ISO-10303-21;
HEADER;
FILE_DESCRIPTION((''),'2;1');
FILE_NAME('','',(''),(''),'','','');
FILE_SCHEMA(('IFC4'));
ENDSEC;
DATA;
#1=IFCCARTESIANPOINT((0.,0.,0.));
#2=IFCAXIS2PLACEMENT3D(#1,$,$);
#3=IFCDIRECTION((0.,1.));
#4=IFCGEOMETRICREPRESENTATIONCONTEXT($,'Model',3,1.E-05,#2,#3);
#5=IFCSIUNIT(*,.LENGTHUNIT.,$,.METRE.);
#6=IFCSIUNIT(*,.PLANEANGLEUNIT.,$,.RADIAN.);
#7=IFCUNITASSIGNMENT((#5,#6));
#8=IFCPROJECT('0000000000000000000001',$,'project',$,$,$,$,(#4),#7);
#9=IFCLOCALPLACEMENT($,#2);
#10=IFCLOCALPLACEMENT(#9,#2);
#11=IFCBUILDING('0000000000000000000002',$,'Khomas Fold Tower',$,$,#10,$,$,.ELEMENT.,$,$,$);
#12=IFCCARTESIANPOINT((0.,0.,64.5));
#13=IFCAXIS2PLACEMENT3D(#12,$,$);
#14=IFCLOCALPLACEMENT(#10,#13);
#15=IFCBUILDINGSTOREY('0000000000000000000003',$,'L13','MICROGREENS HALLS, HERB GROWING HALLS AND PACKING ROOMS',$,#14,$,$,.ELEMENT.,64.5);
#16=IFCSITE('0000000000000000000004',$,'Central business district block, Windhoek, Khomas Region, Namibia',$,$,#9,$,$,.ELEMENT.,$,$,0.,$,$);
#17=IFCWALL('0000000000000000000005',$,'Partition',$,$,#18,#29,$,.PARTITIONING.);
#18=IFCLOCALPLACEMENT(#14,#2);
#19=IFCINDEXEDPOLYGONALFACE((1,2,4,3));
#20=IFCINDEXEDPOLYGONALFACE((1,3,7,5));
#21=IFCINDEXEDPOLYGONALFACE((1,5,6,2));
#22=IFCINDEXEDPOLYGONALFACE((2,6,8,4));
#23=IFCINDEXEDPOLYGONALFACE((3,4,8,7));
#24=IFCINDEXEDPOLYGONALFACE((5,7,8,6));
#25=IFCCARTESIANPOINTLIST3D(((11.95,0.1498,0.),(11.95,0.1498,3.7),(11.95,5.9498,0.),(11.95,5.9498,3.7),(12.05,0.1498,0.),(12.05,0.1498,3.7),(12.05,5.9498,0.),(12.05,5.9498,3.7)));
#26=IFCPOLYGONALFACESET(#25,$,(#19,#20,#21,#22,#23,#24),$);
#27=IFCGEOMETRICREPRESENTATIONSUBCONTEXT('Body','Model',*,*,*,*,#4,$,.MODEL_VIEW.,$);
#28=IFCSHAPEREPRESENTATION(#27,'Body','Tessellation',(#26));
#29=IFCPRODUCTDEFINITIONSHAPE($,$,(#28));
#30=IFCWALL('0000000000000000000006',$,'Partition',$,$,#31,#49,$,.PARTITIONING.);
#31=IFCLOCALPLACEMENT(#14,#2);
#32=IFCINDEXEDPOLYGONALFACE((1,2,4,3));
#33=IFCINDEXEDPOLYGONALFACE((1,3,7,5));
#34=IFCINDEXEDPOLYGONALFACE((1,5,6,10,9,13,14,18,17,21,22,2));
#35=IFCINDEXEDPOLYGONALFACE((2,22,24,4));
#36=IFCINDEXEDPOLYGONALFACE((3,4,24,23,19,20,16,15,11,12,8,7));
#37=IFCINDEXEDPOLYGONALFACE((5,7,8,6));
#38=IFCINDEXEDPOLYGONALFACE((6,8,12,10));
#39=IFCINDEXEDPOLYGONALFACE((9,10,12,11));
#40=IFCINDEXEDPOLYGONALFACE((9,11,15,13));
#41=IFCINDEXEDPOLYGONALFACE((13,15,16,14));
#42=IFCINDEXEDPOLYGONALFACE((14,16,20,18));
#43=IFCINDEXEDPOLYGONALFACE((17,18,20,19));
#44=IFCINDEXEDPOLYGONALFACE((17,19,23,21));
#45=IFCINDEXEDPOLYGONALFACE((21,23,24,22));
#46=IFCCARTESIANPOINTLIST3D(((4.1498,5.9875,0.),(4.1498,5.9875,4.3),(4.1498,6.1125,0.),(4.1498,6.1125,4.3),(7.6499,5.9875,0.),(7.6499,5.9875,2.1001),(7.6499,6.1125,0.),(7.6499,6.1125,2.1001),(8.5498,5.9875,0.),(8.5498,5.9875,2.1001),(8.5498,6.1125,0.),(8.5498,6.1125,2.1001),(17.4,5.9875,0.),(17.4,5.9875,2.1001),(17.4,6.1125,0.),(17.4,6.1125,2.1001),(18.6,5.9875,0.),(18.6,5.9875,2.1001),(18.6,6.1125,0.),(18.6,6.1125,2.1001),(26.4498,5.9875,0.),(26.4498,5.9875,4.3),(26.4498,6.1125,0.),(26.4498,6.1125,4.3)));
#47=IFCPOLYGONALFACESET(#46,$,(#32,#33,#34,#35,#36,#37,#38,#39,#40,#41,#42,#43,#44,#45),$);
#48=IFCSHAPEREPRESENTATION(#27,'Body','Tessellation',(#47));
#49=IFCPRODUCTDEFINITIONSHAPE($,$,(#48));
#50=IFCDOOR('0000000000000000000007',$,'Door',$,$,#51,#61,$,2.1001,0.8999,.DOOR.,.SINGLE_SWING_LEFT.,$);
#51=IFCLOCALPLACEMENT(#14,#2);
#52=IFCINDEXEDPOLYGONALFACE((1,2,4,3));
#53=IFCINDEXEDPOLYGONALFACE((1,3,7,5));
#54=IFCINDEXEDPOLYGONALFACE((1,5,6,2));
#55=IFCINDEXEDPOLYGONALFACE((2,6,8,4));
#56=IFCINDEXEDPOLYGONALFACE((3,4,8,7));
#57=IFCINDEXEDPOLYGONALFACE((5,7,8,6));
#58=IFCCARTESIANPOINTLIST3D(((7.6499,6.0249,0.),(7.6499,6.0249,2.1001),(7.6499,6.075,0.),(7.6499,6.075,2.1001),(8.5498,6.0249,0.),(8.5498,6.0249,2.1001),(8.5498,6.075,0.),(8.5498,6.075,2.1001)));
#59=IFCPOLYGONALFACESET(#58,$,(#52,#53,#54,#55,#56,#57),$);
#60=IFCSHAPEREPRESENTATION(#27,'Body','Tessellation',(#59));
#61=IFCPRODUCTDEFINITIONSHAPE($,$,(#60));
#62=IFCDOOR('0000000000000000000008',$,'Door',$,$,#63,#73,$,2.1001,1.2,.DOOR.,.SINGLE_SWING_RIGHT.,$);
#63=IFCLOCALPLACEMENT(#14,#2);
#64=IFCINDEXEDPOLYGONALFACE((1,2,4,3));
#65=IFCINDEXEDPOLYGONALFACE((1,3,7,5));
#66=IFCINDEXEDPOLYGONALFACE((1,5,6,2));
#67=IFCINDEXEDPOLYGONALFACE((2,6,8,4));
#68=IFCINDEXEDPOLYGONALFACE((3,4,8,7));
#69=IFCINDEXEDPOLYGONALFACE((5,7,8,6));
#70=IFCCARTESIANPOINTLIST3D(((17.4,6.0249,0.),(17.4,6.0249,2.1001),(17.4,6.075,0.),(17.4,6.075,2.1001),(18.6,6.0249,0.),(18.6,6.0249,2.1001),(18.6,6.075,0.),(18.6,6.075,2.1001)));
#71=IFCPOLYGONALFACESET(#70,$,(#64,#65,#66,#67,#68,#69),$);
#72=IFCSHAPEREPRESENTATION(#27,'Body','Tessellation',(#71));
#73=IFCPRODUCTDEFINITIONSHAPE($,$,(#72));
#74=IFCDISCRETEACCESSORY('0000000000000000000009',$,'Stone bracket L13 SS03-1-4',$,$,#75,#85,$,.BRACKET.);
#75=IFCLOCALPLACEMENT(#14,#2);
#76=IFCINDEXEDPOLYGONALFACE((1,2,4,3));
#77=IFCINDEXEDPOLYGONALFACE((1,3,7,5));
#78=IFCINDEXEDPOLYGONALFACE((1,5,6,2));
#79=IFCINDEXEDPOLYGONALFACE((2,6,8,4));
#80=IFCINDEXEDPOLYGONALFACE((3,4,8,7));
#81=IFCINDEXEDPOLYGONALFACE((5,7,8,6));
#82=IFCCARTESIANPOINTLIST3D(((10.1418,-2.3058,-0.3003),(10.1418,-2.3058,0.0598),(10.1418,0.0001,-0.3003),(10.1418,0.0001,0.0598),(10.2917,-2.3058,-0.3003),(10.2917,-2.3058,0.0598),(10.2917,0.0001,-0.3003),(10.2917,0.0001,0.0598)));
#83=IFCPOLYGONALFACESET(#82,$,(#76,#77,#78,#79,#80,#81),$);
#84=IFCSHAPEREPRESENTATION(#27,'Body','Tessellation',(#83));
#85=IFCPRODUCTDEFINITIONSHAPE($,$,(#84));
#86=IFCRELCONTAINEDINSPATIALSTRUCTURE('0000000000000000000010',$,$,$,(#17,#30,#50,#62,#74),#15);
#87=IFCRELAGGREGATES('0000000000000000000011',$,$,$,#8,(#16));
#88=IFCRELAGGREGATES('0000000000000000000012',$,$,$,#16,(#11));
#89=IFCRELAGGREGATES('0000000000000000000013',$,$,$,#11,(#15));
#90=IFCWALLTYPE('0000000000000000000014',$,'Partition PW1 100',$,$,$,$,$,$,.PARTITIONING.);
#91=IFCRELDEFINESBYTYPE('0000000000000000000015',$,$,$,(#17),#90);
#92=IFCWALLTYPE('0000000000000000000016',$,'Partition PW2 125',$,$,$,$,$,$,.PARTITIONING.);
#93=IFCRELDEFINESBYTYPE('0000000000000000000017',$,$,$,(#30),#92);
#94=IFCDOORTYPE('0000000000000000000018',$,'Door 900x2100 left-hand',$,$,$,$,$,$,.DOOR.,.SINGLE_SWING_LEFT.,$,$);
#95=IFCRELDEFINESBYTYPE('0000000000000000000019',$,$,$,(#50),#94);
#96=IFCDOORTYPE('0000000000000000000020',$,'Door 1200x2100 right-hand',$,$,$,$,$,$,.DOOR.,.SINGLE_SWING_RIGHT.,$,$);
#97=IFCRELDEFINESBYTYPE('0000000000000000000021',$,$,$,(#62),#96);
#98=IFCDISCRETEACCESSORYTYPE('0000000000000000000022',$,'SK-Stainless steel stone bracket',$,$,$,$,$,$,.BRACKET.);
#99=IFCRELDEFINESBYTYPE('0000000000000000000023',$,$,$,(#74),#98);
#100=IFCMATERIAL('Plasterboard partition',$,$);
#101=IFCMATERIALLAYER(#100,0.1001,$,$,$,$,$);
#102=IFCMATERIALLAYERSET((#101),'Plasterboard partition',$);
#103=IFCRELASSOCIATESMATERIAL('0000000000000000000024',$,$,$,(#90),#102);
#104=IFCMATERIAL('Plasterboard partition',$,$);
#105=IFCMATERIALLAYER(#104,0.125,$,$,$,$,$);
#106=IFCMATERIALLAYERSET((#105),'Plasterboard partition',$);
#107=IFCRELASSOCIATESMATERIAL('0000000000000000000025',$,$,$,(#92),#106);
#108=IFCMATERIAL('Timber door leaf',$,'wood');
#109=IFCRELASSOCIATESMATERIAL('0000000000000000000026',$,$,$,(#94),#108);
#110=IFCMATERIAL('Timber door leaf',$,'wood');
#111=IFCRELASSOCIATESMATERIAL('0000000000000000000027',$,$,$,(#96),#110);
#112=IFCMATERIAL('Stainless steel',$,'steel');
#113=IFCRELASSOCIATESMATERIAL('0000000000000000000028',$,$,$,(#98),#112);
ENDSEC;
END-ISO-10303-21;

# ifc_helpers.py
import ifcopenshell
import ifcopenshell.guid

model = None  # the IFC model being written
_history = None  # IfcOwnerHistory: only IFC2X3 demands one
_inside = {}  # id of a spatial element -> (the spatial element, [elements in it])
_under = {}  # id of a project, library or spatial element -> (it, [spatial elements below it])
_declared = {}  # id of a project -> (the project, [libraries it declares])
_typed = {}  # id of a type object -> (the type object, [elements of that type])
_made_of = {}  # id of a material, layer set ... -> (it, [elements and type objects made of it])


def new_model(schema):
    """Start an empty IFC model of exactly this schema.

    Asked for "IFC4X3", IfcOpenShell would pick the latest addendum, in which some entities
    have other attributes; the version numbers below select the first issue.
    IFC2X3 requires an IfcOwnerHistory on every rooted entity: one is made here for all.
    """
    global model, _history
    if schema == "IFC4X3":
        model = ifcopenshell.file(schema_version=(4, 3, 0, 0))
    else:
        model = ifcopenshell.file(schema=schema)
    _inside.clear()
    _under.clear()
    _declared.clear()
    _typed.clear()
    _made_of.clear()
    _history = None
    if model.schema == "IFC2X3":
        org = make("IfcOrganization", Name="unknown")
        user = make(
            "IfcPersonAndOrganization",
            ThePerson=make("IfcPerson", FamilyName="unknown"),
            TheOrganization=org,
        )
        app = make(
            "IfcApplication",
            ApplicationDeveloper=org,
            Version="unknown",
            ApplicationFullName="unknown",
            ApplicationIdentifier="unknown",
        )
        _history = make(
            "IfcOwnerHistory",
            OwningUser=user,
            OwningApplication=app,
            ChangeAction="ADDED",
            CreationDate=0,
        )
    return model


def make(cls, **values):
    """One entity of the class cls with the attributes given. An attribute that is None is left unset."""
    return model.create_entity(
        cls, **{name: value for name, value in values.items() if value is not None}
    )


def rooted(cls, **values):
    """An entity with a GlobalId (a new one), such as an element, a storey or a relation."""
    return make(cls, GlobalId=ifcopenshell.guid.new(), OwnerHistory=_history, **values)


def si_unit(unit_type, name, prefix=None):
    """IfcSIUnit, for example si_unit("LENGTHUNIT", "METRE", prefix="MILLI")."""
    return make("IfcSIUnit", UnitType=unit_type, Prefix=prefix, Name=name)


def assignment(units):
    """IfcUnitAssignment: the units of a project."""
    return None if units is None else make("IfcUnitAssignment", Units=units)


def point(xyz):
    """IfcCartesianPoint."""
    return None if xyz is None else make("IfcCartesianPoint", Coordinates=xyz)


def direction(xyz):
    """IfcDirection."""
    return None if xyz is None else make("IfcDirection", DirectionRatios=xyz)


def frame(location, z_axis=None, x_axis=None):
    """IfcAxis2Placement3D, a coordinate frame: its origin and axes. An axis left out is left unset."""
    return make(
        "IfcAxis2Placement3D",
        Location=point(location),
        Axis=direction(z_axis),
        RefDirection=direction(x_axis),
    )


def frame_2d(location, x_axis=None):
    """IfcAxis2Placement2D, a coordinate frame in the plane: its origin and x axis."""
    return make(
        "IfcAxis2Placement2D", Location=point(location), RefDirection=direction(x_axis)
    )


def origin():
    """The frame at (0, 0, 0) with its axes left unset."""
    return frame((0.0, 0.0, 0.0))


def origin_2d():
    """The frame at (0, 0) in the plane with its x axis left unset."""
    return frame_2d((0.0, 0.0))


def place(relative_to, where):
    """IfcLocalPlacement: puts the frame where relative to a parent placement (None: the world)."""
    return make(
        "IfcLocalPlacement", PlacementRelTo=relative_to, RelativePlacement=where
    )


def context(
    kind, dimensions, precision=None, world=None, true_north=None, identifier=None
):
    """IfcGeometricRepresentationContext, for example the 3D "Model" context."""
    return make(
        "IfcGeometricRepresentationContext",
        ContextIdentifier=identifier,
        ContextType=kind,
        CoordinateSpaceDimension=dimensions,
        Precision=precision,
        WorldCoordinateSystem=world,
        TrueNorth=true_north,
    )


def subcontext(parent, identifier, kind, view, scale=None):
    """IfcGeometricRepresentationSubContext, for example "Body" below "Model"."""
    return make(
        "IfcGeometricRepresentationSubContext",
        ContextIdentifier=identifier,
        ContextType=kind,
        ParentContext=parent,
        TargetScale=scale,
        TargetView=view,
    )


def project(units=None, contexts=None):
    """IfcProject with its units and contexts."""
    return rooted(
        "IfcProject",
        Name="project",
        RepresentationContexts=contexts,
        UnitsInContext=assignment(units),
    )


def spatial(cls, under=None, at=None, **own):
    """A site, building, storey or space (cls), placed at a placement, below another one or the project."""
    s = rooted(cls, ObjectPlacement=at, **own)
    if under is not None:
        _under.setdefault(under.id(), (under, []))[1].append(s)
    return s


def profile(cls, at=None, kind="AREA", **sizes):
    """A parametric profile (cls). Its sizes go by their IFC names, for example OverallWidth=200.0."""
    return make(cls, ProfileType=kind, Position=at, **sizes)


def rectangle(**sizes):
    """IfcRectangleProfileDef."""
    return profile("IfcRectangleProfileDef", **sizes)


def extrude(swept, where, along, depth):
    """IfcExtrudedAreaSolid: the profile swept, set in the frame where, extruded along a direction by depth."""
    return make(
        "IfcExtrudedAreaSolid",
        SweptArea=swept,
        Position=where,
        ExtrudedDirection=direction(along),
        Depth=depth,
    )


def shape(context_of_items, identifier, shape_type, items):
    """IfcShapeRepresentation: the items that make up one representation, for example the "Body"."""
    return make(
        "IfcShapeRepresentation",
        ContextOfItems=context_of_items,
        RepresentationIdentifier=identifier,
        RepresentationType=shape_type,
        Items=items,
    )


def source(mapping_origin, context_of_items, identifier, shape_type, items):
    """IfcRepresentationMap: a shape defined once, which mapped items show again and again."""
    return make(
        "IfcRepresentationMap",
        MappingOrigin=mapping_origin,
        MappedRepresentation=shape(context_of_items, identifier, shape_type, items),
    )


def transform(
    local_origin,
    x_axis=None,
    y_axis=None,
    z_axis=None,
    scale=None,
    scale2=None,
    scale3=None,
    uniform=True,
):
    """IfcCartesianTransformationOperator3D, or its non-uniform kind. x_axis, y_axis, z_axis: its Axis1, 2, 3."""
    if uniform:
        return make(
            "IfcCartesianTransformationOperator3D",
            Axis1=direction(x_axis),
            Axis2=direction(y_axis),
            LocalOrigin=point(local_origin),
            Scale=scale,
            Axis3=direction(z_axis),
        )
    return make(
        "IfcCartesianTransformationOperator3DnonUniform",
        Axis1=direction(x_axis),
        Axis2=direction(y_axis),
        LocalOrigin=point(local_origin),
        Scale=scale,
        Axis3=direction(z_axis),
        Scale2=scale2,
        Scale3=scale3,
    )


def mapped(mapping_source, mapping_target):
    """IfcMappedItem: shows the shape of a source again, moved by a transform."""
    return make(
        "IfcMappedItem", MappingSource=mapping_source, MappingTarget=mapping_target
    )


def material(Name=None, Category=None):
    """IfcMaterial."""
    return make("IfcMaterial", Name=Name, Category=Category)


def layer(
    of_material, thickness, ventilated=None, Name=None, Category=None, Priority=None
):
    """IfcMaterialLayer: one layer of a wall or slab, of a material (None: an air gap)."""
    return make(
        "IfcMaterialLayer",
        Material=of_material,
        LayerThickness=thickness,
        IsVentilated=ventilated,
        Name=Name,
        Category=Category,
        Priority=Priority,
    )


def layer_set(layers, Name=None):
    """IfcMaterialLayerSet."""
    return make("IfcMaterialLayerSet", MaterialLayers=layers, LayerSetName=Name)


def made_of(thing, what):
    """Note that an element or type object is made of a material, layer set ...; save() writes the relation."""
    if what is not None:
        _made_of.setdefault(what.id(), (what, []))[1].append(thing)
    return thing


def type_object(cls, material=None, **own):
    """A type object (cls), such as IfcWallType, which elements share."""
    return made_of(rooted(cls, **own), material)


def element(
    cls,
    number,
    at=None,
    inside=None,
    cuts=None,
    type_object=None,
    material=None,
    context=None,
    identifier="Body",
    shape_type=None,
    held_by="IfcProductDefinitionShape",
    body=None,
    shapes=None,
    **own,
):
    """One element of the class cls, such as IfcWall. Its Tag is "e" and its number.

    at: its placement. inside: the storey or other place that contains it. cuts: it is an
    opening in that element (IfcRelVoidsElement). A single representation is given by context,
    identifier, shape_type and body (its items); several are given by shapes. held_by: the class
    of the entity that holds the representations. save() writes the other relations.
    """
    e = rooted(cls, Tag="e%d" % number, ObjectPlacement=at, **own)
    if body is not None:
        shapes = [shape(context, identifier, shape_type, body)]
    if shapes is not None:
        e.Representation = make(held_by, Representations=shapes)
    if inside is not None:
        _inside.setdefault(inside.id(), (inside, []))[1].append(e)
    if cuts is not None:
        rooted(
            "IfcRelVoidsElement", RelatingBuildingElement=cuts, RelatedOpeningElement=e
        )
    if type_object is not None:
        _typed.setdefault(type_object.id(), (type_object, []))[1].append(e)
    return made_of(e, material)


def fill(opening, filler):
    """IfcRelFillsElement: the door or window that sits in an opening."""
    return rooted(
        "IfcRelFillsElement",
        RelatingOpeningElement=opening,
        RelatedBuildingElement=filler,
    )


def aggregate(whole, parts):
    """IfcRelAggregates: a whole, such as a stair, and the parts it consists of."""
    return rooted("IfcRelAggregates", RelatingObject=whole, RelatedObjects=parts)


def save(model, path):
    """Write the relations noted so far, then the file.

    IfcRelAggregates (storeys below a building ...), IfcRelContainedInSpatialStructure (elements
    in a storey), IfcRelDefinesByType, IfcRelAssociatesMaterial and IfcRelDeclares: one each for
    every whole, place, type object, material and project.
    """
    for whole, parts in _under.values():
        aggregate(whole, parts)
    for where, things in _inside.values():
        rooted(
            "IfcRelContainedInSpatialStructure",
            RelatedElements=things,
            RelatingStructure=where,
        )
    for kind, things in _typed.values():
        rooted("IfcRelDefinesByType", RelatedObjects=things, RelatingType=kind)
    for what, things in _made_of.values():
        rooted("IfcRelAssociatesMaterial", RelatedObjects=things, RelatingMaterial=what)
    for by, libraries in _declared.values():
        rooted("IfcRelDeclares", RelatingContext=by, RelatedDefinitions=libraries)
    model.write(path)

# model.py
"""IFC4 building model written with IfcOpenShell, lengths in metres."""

from ifc_helpers import new_model, si_unit, direction, frame, frame_2d, origin, origin_2d, place, context, subcontext, project, spatial, rectangle, extrude, source, transform, mapped, material, layer, layer_set, type_object, element, fill, save


model = new_model("IFC4")

# Units and contexts
model_context = context("Model", 3, precision=1e-05, world=origin(), true_north=direction((0.0, 1.0)))
body_context = subcontext(model_context, "Body", "Model", "MODEL_VIEW")
ifc_project = project(units=[si_unit("LENGTHUNIT", "METRE"), si_unit("PLANEANGLEUNIT", "RADIAN")], contexts=[model_context])

# Site, building, storey
site_placement = place(None, origin())
site = spatial("IfcSite", under=ifc_project, at=site_placement, Name="Central business district block, Windhoek, Khomas Region, Namibia", CompositionType="ELEMENT", RefElevation=0.0)
building_placement = place(site_placement, origin())
building = spatial("IfcBuilding", under=site, at=building_placement, Name="Khomas Fold Tower", CompositionType="ELEMENT")
storey_placement = place(building_placement, frame((0.0, 0.0, 64.5)))
storey = spatial("IfcBuildingStorey", under=building, at=storey_placement, Name="L13", Description="MICROGREENS HALLS, HERB GROWING HALLS AND PACKING ROOMS", CompositionType="ELEMENT", Elevation=64.5)

# Wall
ifc_material_1 = material(Name="Plasterboard partition")
ifc_layer_1 = layer(ifc_material_1, 0.1001)
ifc_layer_set_1 = layer_set([ifc_layer_1], Name="Plasterboard partition")
wall_type_1 = type_object("IfcWallType", Name="Partition PW1 100", PredefinedType="PARTITIONING", material=ifc_layer_set_1)
shared_shape_1 = source(origin(), body_context, "Body", "SweptSolid", [
    extrude(rectangle(XDim=5.8, YDim=0.1001, at=frame_2d((2.8999, 0.0))), origin(), (0.0, 0.0, 1.0), 3.7),
])
wall_1_placement = place(storey_placement, frame((12.0, 0.1499, 0.0), z_axis=(0.0, 0.0, 1.0), x_axis=(0.0, 1.0, 0.0)))
element("IfcWall", 1, at=wall_1_placement, inside=storey, type_object=wall_type_1, Name="Partition", PredefinedType="PARTITIONING", context=body_context, shape_type="MappedRepresentation", body=[
    mapped(shared_shape_1, transform((0.0, 0.0, 0.0))),
])

# Wall, openings, doors
ifc_material_2 = material(Name="Plasterboard partition")
ifc_layer_2 = layer(ifc_material_2, 0.125)
ifc_layer_set_2 = layer_set([ifc_layer_2], Name="Plasterboard partition")
wall_type_2 = type_object("IfcWallType", Name="Partition PW2 125", PredefinedType="PARTITIONING", material=ifc_layer_set_2)
shared_shape_2 = source(origin(), body_context, "Body", "SweptSolid", [
    extrude(rectangle(XDim=22.3, YDim=0.125, at=frame_2d((11.1499, 0.0))), origin(), (0.0, 0.0, 1.0), 4.3),
])
wall_2_placement = place(storey_placement, frame((4.1499, 6.05, 0.0), z_axis=(0.0, 0.0, 1.0), x_axis=(1.0, 0.0, 0.0)))
wall_2 = element("IfcWall", 2, at=wall_2_placement, inside=storey, type_object=wall_type_2, Name="Partition", PredefinedType="PARTITIONING", context=body_context, shape_type="MappedRepresentation", body=[
    mapped(shared_shape_2, transform((0.0, 0.0, 0.0))),
])
shared_shape_3 = source(origin(), body_context, "Body", "SweptSolid", [
    extrude(rectangle(XDim=0.8999, YDim=2.1001, at=frame_2d((0.45, 1.05))), frame((0.0, 0.0725, 0.0), z_axis=(0.0, -1.0, 0.0), x_axis=(1.0, 0.0, 0.0)), (0.0, 0.0, 1.0), 0.145),
])
opening_1_placement = place(wall_2_placement, frame((3.5, 0.0, 0.0)))
opening_1 = element("IfcOpeningElement", 3, at=opening_1_placement, cuts=wall_2, PredefinedType="OPENING", context=body_context, shape_type="MappedRepresentation", body=[
    mapped(shared_shape_3, transform((0.0, 0.0, 0.0))),
])
shared_shape_4 = source(origin(), body_context, "Body", "SweptSolid", [
    extrude(rectangle(XDim=1.2, YDim=2.1001, at=frame_2d((0.6001, 1.05))), frame((0.0, 0.0725, 0.0), z_axis=(0.0, -1.0, 0.0), x_axis=(1.0, 0.0, 0.0)), (0.0, 0.0, 1.0), 0.145),
])
opening_2_placement = place(wall_2_placement, frame((13.25, 0.0, 0.0)))
opening_2 = element("IfcOpeningElement", 4, at=opening_2_placement, cuts=wall_2, PredefinedType="OPENING", context=body_context, shape_type="MappedRepresentation", body=[
    mapped(shared_shape_4, transform((0.0, 0.0, 0.0))),
])
ifc_material_3 = material(Name="Timber door leaf", Category="wood")
door_type_1 = type_object("IfcDoorType", Name="Door 900x2100 left-hand", OperationType="SINGLE_SWING_LEFT", PredefinedType="DOOR", material=ifc_material_3)
shared_shape_5 = source(origin(), body_context, "Body", "SweptSolid", [
    extrude(rectangle(XDim=0.8999, YDim=2.1001, at=frame_2d((0.45, 1.05))), frame((0.0, 0.0249, 0.0), z_axis=(0.0, -1.0, 0.0), x_axis=(1.0, 0.0, 0.0)), (0.0, 0.0, 1.0), 0.05),
])
door_1_placement = place(opening_1_placement, origin())
door_1 = element("IfcDoor", 5, at=door_1_placement, inside=storey, type_object=door_type_1, Name="Door", OperationType="SINGLE_SWING_LEFT", OverallHeight=2.1001, OverallWidth=0.8999, PredefinedType="DOOR", context=body_context, shape_type="MappedRepresentation", body=[
    mapped(shared_shape_5, transform((0.0, 0.0, 0.0))),
])
fill(opening_1, door_1)
ifc_material_4 = material(Name="Timber door leaf", Category="wood")
door_type_2 = type_object("IfcDoorType", Name="Door 1200x2100 right-hand", OperationType="SINGLE_SWING_RIGHT", PredefinedType="DOOR", material=ifc_material_4)
shared_shape_6 = source(origin(), body_context, "Body", "SweptSolid", [
    extrude(rectangle(XDim=1.2, YDim=2.1001, at=frame_2d((0.6001, 1.05))), frame((0.0, 0.0249, 0.0), z_axis=(0.0, -1.0, 0.0), x_axis=(1.0, 0.0, 0.0)), (0.0, 0.0, 1.0), 0.05),
])
door_2_placement = place(opening_2_placement, origin())
door_2 = element("IfcDoor", 6, at=door_2_placement, inside=storey, type_object=door_type_2, Name="Door", OperationType="SINGLE_SWING_RIGHT", OverallHeight=2.1001, OverallWidth=1.2, PredefinedType="DOOR", context=body_context, shape_type="MappedRepresentation", body=[
    mapped(shared_shape_6, transform((0.0, 0.0, 0.0))),
])
fill(opening_2, door_2)

# Discrete accessory
ifc_material_5 = material(Name="Stainless steel", Category="steel")
discrete_accessory_type = type_object("IfcDiscreteAccessoryType", Name="SK-Stainless steel stone bracket", PredefinedType="BRACKET", material=ifc_material_5)
shared_shape_7 = source(origin(), body_context, "Body", "SweptSolid", [
    extrude(rectangle(XDim=2.3059, YDim=0.1499, at=origin_2d()), origin(), (0.0, 0.0, 1.0), 0.3601),
])
discrete_accessory_placement = place(storey_placement, frame((10.2168, -1.1528, -0.3003), z_axis=(0.0, 0.0, 1.0), x_axis=(0.0, -1.0, 0.0)))
element("IfcDiscreteAccessory", 7, at=discrete_accessory_placement, inside=storey, type_object=discrete_accessory_type, Name="Stone bracket L13 SS03-1-4", PredefinedType="BRACKET", context=body_context, shape_type="MappedRepresentation", body=[
    mapped(shared_shape_7, transform((0.0, 0.0, 0.0))),
])

save(model, "model.ifc")
